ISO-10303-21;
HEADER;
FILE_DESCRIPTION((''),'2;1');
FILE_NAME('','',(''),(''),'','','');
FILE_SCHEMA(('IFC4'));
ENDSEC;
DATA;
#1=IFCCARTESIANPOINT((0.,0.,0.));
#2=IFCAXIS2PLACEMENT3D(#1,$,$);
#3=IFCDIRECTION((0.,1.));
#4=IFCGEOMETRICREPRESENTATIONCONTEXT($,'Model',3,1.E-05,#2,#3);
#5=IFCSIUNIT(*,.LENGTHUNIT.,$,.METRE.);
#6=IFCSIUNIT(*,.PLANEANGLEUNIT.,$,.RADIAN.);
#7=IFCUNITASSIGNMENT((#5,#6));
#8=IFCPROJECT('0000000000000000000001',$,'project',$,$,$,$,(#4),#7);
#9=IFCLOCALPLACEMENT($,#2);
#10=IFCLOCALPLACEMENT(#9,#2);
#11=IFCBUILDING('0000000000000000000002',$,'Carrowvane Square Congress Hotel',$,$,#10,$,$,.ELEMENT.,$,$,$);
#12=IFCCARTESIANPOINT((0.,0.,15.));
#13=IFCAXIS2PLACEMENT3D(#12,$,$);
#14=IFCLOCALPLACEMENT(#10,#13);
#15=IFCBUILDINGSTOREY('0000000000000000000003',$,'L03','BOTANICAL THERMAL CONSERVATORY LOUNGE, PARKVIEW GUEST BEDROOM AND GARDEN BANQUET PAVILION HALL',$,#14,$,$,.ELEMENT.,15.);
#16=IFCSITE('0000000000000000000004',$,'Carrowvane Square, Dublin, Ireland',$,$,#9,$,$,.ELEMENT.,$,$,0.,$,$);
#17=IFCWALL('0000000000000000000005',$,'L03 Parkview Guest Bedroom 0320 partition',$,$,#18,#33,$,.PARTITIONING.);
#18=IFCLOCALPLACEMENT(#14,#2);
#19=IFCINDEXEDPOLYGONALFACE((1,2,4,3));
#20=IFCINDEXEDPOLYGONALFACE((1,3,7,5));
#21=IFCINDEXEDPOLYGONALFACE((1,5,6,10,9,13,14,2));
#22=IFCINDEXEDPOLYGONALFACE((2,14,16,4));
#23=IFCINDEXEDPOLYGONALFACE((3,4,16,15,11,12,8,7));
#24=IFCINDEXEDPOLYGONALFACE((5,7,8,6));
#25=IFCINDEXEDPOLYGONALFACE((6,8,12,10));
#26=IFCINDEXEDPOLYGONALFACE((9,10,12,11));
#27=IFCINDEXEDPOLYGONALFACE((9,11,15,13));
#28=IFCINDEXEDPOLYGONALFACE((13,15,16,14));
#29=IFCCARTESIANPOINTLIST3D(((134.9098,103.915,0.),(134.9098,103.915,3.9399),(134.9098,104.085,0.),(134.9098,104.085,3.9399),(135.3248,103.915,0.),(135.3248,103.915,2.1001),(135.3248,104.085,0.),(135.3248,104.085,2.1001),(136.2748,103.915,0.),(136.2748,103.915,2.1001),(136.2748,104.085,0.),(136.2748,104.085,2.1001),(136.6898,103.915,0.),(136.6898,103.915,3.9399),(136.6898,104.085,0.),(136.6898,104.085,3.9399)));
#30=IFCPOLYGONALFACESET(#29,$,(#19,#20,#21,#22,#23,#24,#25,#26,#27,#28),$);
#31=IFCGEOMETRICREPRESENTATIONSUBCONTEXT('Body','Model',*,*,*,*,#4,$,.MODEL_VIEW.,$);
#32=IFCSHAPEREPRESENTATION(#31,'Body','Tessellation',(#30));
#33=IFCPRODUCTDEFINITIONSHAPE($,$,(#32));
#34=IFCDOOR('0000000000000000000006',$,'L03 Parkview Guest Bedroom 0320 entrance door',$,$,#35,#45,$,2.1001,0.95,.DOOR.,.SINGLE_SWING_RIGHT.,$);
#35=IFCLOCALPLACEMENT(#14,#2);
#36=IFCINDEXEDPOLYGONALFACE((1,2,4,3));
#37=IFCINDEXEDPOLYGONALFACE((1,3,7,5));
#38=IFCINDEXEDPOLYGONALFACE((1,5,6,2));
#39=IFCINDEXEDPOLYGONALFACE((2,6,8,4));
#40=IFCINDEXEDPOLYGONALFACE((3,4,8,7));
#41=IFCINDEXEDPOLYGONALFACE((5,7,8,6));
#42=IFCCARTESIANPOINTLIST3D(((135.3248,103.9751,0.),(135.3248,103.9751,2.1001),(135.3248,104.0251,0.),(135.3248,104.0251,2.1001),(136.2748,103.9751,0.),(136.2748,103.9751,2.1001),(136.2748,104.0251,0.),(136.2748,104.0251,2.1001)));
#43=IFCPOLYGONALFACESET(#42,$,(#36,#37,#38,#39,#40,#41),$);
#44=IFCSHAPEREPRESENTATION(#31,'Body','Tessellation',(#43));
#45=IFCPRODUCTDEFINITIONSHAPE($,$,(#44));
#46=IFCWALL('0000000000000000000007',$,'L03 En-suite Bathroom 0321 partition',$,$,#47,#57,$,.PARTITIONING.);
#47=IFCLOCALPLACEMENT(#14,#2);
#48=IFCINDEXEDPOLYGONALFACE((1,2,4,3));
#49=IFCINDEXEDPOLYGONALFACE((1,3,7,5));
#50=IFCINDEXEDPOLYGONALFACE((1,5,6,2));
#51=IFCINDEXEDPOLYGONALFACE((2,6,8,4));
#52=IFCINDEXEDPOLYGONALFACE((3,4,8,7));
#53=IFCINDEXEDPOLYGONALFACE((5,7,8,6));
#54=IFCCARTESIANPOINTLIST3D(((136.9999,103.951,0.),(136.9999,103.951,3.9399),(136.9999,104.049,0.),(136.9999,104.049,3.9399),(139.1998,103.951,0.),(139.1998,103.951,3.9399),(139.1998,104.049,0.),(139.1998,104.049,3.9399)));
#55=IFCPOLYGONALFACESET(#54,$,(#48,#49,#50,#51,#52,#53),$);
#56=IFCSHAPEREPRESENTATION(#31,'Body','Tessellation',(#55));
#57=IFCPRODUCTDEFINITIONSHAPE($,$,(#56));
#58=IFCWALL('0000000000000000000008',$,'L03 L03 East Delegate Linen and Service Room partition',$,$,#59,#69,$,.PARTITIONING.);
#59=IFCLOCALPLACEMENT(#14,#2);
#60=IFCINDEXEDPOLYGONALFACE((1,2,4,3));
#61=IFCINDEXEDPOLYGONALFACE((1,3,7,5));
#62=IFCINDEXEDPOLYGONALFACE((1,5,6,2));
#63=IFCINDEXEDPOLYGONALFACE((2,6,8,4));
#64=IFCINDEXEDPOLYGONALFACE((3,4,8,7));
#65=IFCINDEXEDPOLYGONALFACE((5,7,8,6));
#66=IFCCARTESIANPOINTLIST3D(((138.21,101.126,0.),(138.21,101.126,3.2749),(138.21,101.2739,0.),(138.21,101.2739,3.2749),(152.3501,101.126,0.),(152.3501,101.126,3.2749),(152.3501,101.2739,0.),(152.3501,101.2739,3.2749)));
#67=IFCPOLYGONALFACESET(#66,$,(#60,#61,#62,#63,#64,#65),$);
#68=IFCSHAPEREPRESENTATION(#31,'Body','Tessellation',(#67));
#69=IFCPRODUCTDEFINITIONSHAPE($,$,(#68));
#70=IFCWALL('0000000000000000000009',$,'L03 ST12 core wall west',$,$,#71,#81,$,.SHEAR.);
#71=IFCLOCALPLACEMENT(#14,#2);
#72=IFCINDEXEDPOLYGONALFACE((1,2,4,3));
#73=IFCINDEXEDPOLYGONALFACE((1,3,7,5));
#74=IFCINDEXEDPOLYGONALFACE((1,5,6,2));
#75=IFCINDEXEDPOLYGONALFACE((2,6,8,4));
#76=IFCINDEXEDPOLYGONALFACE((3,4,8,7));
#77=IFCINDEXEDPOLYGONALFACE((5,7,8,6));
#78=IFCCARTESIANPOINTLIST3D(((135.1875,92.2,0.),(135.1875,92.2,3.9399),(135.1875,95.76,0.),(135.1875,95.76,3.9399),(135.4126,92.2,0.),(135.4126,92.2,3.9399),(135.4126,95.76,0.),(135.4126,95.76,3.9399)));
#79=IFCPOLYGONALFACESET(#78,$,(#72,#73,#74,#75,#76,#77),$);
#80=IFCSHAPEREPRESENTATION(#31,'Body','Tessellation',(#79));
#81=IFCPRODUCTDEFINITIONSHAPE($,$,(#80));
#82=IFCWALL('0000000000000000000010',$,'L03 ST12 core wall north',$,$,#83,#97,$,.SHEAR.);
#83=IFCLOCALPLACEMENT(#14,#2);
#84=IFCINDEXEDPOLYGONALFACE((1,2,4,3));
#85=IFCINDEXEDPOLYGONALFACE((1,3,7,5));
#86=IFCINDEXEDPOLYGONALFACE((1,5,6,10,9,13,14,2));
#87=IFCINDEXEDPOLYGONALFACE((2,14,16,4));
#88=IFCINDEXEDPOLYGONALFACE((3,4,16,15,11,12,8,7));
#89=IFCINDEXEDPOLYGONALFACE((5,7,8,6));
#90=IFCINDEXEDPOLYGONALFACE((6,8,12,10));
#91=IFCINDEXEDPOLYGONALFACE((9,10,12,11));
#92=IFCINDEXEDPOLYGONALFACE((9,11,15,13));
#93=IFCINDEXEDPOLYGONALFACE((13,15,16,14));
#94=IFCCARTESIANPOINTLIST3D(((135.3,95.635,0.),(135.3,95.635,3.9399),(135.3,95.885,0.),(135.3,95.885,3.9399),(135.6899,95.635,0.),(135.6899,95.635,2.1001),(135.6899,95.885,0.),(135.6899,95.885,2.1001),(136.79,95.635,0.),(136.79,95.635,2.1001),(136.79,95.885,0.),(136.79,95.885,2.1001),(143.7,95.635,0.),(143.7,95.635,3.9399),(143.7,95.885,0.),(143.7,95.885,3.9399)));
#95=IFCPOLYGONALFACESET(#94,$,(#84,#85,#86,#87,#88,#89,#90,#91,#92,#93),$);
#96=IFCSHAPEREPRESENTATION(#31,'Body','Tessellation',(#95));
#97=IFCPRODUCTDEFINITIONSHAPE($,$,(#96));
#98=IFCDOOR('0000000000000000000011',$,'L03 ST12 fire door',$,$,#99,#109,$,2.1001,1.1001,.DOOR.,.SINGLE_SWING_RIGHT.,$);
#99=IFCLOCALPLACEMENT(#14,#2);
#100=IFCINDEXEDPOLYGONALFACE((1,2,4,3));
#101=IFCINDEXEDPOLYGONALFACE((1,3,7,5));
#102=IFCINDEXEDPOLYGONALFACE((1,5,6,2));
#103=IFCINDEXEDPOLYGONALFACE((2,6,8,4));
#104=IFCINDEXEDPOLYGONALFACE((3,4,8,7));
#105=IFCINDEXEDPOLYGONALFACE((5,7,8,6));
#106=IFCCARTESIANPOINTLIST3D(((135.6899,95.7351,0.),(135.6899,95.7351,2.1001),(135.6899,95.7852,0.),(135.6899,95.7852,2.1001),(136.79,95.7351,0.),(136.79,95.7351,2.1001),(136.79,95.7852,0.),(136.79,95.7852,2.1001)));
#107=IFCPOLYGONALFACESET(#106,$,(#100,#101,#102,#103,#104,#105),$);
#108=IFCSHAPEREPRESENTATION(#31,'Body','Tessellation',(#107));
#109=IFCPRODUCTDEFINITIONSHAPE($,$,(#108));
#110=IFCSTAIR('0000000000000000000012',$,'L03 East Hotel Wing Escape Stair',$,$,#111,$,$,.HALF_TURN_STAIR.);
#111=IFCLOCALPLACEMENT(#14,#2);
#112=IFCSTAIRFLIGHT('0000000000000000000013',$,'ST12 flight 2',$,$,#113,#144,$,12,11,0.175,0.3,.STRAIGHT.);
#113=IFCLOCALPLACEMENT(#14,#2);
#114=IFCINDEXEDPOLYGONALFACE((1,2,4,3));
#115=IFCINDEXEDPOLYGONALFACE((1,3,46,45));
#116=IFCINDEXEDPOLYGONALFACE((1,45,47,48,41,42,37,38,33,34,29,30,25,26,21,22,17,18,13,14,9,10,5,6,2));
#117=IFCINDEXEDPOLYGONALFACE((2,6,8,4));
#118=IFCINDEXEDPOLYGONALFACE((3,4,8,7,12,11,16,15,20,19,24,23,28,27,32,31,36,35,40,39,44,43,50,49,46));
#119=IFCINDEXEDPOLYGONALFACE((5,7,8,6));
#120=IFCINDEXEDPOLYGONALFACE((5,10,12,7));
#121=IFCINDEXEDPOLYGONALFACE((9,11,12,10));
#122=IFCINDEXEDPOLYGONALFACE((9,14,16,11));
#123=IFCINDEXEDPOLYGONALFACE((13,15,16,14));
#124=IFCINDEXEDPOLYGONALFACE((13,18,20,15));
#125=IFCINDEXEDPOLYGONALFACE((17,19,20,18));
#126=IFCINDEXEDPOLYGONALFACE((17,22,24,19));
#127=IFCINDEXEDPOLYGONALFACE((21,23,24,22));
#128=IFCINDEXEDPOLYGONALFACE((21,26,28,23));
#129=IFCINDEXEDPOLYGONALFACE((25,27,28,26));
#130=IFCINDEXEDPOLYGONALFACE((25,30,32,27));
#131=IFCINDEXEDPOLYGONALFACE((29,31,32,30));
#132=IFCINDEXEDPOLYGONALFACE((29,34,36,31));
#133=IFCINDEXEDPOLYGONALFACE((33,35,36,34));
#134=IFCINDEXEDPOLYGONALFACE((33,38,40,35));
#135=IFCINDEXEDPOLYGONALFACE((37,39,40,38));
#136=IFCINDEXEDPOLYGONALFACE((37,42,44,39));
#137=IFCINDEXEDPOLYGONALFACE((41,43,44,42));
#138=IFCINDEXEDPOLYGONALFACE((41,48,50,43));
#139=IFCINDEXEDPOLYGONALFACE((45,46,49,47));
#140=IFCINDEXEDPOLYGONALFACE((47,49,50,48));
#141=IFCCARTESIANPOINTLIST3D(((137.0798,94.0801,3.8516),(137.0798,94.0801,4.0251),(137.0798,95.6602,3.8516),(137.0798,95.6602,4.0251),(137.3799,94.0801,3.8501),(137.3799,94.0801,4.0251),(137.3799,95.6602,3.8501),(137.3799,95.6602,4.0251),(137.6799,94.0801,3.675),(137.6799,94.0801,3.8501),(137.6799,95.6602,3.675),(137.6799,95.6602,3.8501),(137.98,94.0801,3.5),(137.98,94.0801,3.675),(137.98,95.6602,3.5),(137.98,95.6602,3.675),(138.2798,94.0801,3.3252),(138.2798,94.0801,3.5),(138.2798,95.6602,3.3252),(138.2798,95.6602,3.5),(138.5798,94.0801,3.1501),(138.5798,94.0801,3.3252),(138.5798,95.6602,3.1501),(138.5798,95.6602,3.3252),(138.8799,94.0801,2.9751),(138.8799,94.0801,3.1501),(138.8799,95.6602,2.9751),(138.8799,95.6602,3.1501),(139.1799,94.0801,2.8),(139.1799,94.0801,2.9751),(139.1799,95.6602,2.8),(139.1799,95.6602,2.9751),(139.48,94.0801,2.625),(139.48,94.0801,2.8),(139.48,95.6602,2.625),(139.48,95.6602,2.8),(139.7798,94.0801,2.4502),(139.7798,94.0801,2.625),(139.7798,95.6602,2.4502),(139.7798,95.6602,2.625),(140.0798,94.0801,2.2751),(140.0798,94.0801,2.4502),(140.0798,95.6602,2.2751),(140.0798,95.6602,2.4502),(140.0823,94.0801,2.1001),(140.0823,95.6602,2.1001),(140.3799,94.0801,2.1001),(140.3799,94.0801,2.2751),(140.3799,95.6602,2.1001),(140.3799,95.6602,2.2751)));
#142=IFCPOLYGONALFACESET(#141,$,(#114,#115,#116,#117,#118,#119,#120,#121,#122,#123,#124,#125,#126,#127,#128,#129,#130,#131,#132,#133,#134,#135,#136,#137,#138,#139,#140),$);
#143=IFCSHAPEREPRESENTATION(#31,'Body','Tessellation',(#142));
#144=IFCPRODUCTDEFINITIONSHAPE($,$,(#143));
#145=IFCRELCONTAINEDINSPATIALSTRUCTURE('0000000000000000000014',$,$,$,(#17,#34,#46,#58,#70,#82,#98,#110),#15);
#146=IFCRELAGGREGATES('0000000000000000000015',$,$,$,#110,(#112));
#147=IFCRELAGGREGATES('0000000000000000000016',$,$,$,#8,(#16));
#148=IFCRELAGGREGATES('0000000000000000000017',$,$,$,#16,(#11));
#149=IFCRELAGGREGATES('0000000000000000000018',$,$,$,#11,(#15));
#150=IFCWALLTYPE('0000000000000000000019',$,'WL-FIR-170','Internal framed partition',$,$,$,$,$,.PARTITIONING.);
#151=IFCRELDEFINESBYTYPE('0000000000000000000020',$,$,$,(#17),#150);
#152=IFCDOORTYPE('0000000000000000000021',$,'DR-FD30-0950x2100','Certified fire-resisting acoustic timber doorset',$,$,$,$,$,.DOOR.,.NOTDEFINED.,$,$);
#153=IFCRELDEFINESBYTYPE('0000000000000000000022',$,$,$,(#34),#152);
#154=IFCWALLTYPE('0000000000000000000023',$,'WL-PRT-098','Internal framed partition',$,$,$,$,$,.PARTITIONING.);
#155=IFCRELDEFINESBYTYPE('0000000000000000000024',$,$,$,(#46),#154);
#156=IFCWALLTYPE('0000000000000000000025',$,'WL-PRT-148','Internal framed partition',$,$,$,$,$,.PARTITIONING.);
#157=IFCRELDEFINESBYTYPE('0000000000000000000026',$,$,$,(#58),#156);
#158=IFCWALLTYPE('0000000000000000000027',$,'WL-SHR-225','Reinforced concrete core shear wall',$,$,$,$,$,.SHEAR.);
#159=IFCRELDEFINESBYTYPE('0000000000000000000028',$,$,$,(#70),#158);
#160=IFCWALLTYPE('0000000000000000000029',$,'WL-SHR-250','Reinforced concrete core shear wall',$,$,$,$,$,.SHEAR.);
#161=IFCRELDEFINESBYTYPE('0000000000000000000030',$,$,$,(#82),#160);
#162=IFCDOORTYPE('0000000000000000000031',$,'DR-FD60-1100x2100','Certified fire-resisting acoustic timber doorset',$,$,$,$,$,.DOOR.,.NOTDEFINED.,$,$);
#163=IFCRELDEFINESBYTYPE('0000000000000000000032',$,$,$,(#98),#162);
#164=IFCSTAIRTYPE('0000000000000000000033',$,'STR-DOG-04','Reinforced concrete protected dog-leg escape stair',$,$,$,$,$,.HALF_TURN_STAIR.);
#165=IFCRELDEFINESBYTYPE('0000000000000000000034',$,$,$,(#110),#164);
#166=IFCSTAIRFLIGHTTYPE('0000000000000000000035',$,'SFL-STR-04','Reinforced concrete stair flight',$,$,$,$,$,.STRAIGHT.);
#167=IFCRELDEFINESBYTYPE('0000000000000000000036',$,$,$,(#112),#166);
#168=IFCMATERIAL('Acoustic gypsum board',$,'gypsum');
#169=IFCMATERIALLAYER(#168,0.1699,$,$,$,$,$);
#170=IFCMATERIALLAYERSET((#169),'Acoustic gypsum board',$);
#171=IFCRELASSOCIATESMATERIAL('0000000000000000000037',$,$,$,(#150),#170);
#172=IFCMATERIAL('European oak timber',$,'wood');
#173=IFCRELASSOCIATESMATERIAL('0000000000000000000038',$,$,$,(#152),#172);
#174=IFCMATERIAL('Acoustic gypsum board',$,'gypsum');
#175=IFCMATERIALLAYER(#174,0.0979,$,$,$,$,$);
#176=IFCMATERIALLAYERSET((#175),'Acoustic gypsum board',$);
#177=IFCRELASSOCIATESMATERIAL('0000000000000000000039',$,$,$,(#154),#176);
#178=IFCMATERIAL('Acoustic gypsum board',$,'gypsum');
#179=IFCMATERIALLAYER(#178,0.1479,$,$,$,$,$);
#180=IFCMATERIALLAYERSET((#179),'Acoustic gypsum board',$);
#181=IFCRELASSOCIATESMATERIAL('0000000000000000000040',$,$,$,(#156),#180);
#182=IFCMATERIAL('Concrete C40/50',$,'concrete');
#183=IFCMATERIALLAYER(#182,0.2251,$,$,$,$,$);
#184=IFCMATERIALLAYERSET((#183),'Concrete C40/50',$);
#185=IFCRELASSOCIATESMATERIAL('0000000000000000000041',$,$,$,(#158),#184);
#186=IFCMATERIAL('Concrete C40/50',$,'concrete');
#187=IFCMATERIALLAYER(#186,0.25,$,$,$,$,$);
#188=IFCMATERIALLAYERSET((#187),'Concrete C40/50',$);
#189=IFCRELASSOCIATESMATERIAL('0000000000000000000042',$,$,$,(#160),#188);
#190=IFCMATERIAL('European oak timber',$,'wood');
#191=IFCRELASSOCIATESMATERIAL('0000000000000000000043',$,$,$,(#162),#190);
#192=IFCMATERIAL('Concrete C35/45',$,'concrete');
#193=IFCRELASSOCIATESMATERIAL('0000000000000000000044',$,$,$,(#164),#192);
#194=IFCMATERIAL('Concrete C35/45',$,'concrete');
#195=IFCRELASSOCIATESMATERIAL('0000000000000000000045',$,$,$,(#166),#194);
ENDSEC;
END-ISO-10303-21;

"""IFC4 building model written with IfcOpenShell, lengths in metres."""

from ifc_helpers import new_model, si_unit, direction, frame, frame_2d, origin, place, context, subcontext, project, spatial, polyline, rectangle, outline, extrude, material, layer, layer_set, type_object, element, fill, aggregate, save


model = new_model("IFC4")

# Units and contexts
model_context = context("Model", 3, precision=1e-05, world=origin(), true_north=direction((0.0, 1.0)))
body_context = subcontext(model_context, "Body", "Model", "MODEL_VIEW")
ifc_project = project(units=[si_unit("LENGTHUNIT", "METRE"), si_unit("PLANEANGLEUNIT", "RADIAN")], contexts=[model_context])

# Site, building, storey
site_placement = place(None, origin())
site = spatial("IfcSite", under=ifc_project, at=site_placement, Name="Carrowvane Square, Dublin, Ireland", CompositionType="ELEMENT", RefElevation=0.0)
building_placement = place(site_placement, origin())
building = spatial("IfcBuilding", under=site, at=building_placement, Name="Carrowvane Square Congress Hotel", CompositionType="ELEMENT")
storey_placement = place(building_placement, frame((0.0, 0.0, 15.0)))
storey = spatial("IfcBuildingStorey", under=building, at=storey_placement, Name="L03", Description="BOTANICAL THERMAL CONSERVATORY LOUNGE, PARKVIEW GUEST BEDROOM AND GARDEN BANQUET PAVILION HALL", CompositionType="ELEMENT", Elevation=15.0)

# Shared definitions
ifc_material_1 = material(Name="Acoustic gypsum board", Category="gypsum")
ifc_layer_1 = layer(ifc_material_1, 0.1699)
ifc_layer_set_1 = layer_set([ifc_layer_1], Name="Acoustic gypsum board")
wall_type_1 = type_object("IfcWallType", Name="WL-FIR-170", Description="Internal framed partition", PredefinedType="PARTITIONING", material=ifc_layer_set_1)

# Wall, opening, door
wall_1_placement = place(storey_placement, frame((136.6899, 104.0, 0.0), z_axis=(0.0, 0.0, 1.0), x_axis=(-1.0, 0.0, 0.0)))
wall_1 = element("IfcWall", 1, at=wall_1_placement, inside=storey, type_object=wall_type_1, Name="L03 Parkview Guest Bedroom 0320 partition", PredefinedType="PARTITIONING", context=body_context, shape_type="SweptSolid", body=[
    extrude(rectangle(XDim=1.78, YDim=0.1699, at=frame_2d((0.8901, 0.0))), origin(), (0.0, 0.0, 1.0), 3.9399),
])
opening_1_placement = place(wall_1_placement, frame((0.415, 0.0, 0.0)))
opening_1 = element("IfcOpeningElement", 2, at=opening_1_placement, cuts=wall_1, PredefinedType="OPENING", context=body_context, shape_type="SweptSolid", body=[
    extrude(rectangle(XDim=0.95, YDim=2.1001, at=frame_2d((0.4751, 1.05))), frame((0.0, 0.095, 0.0), z_axis=(0.0, -1.0, 0.0), x_axis=(1.0, 0.0, 0.0)), (0.0, 0.0, 1.0), 0.1899),
])
ifc_material_2 = material(Name="European oak timber", Category="wood")
door_type_1 = type_object("IfcDoorType", Name="DR-FD30-0950x2100", Description="Certified fire-resisting acoustic timber doorset", OperationType="NOTDEFINED", PredefinedType="DOOR", material=ifc_material_2)
door_1_placement = place(opening_1_placement, origin())
door_1 = element("IfcDoor", 3, at=door_1_placement, inside=storey, type_object=door_type_1, Name="L03 Parkview Guest Bedroom 0320 entrance door", OperationType="SINGLE_SWING_RIGHT", OverallHeight=2.1001, OverallWidth=0.95, PredefinedType="DOOR", context=body_context, shape_type="SweptSolid", body=[
    extrude(rectangle(XDim=0.95, YDim=2.1001, at=frame_2d((0.4751, 1.05))), frame((0.0, 0.0249, 0.0), z_axis=(0.0, -1.0, 0.0), x_axis=(1.0, 0.0, 0.0)), (0.0, 0.0, 1.0), 0.05),
])
fill(opening_1, door_1)

# Walls
ifc_material_3 = material(Name="Acoustic gypsum board", Category="gypsum")
ifc_layer_2 = layer(ifc_material_3, 0.0979)
ifc_layer_set_2 = layer_set([ifc_layer_2], Name="Acoustic gypsum board")
wall_type_2 = type_object("IfcWallType", Name="WL-PRT-098", Description="Internal framed partition", PredefinedType="PARTITIONING", material=ifc_layer_set_2)
wall_2_placement = place(storey_placement, frame((139.2, 104.0, 0.0), z_axis=(0.0, 0.0, 1.0), x_axis=(-1.0, 0.0, 0.0)))
element("IfcWall", 4, at=wall_2_placement, inside=storey, type_object=wall_type_2, Name="L03 En-suite Bathroom 0321 partition", PredefinedType="PARTITIONING", context=body_context, shape_type="SweptSolid", body=[
    extrude(rectangle(XDim=2.2, YDim=0.0979, at=frame_2d((1.1001, 0.0))), origin(), (0.0, 0.0, 1.0), 3.9399),
])
ifc_material_4 = material(Name="Acoustic gypsum board", Category="gypsum")
ifc_layer_3 = layer(ifc_material_4, 0.1479)
ifc_layer_set_3 = layer_set([ifc_layer_3], Name="Acoustic gypsum board")
wall_type_3 = type_object("IfcWallType", Name="WL-PRT-148", Description="Internal framed partition", PredefinedType="PARTITIONING", material=ifc_layer_set_3)
wall_3_placement = place(storey_placement, frame((138.21, 101.2, 0.0), z_axis=(0.0, 0.0, 1.0), x_axis=(1.0, 0.0, 0.0)))
element("IfcWall", 5, at=wall_3_placement, inside=storey, type_object=wall_type_3, Name="L03 L03 East Delegate Linen and Service Room partition", PredefinedType="PARTITIONING", context=body_context, shape_type="SweptSolid", body=[
    extrude(rectangle(XDim=14.1401, YDim=0.1479, at=frame_2d((7.0701, 0.0))), origin(), (0.0, 0.0, 1.0), 3.2749),
])
ifc_material_5 = material(Name="Concrete C40/50", Category="concrete")
ifc_layer_4 = layer(ifc_material_5, 0.2251)
ifc_layer_set_4 = layer_set([ifc_layer_4], Name="Concrete C40/50")
wall_type_4 = type_object("IfcWallType", Name="WL-SHR-225", Description="Reinforced concrete core shear wall", PredefinedType="SHEAR", material=ifc_layer_set_4)
wall_4_placement = place(storey_placement, frame((135.3, 95.76, 0.0), z_axis=(0.0, 0.0, 1.0), x_axis=(0.0, -1.0, 0.0)))
element("IfcWall", 6, at=wall_4_placement, inside=storey, type_object=wall_type_4, Name="L03 ST12 core wall west", PredefinedType="SHEAR", context=body_context, shape_type="SweptSolid", body=[
    extrude(rectangle(XDim=3.5601, YDim=0.2251, at=frame_2d((1.78, 0.0))), origin(), (0.0, 0.0, 1.0), 3.9399),
])

# Wall, opening, door
ifc_material_6 = material(Name="Concrete C40/50", Category="concrete")
ifc_layer_5 = layer(ifc_material_6, 0.25)
ifc_layer_set_5 = layer_set([ifc_layer_5], Name="Concrete C40/50")
wall_type_5 = type_object("IfcWallType", Name="WL-SHR-250", Description="Reinforced concrete core shear wall", PredefinedType="SHEAR", material=ifc_layer_set_5)
wall_5_placement = place(storey_placement, frame((143.7, 95.76, 0.0), z_axis=(0.0, 0.0, 1.0), x_axis=(-1.0, 0.0, 0.0)))
wall_5 = element("IfcWall", 7, at=wall_5_placement, inside=storey, type_object=wall_type_5, Name="L03 ST12 core wall north", PredefinedType="SHEAR", context=body_context, shape_type="SweptSolid", body=[
    extrude(rectangle(XDim=8.3999, YDim=0.25, at=frame_2d((4.2, 0.0))), origin(), (0.0, 0.0, 1.0), 3.9399),
])
opening_2_placement = place(wall_5_placement, frame((6.9099, 0.0, 0.0)))
opening_2 = element("IfcOpeningElement", 8, at=opening_2_placement, cuts=wall_5, PredefinedType="OPENING", context=body_context, shape_type="SweptSolid", body=[
    extrude(rectangle(XDim=1.1001, YDim=2.1001, at=frame_2d((0.55, 1.05))), frame((0.0, 0.135, 0.0), z_axis=(0.0, -1.0, 0.0), x_axis=(1.0, 0.0, 0.0)), (0.0, 0.0, 1.0), 0.27),
])
ifc_material_7 = material(Name="European oak timber", Category="wood")
door_type_2 = type_object("IfcDoorType", Name="DR-FD60-1100x2100", Description="Certified fire-resisting acoustic timber doorset", OperationType="NOTDEFINED", PredefinedType="DOOR", material=ifc_material_7)
door_2_placement = place(opening_2_placement, origin())
door_2 = element("IfcDoor", 9, at=door_2_placement, inside=storey, type_object=door_type_2, Name="L03 ST12 fire door", OperationType="SINGLE_SWING_RIGHT", OverallHeight=2.1001, OverallWidth=1.1001, PredefinedType="DOOR", context=body_context, shape_type="SweptSolid", body=[
    extrude(rectangle(XDim=1.1001, YDim=2.1001, at=frame_2d((0.55, 1.05))), frame((0.0, 0.0249, 0.0), z_axis=(0.0, -1.0, 0.0), x_axis=(1.0, 0.0, 0.0)), (0.0, 0.0, 1.0), 0.05),
])
fill(opening_2, door_2)

# Stair, stair flight
ifc_material_8 = material(Name="Concrete C35/45", Category="concrete")
stair_type = type_object("IfcStairType", Name="STR-DOG-04", Description="Reinforced concrete protected dog-leg escape stair", PredefinedType="HALF_TURN_STAIR", material=ifc_material_8)
stair_placement = place(storey_placement, origin())
stair = element("IfcStair", 10, at=stair_placement, inside=storey, type_object=stair_type, Name="L03 East Hotel Wing Escape Stair", PredefinedType="HALF_TURN_STAIR")
ifc_material_9 = material(Name="Concrete C35/45", Category="concrete")
stair_flight_type = type_object("IfcStairFlightType", Name="SFL-STR-04", Description="Reinforced concrete stair flight", PredefinedType="STRAIGHT", material=ifc_material_9)
stair_flight_placement = place(storey_placement, frame((140.3799, 94.8701, 2.1001), z_axis=(0.0, 0.0, 1.0), x_axis=(-1.0, 0.0, 0.0)))
stair_flight = element("IfcStairFlight", 11, at=stair_flight_placement, type_object=stair_flight_type, Name="ST12 flight 2", NumberOfRisers=12, NumberOfTreads=11, PredefinedType="STRAIGHT", RiserHeight=0.175, TreadLength=0.3, context=body_context, shape_type="SweptSolid", body=[
    extrude(outline(polyline([(0.0, 0.0), (0.0, 0.175), (0.3, 0.175), (0.3, 0.3501), (0.6001, 0.3501), (0.6001, 0.5249), (0.8999, 0.5249), (0.8999, 0.7), (1.2, 0.7), (1.2, 0.875), (1.5, 0.875), (1.5, 1.05), (1.8, 1.05), (1.8, 1.2251), (2.1001, 1.2251), (2.1001, 1.3999), (2.3999, 1.3999), (2.3999, 1.575), (2.7, 1.575), (2.7, 1.75), (3.0, 1.75), (3.0, 1.925), (3.3, 1.925), (3.3, 2.1001), (3.3, 1.7515), (0.2976, 0.0), (0.0, 0.0)])), frame((0.0, 0.79, 0.0), z_axis=(0.0, -1.0, 0.0), x_axis=(1.0, 0.0, 0.0)), (0.0, 0.0, 1.0), 1.5801),
])
aggregate(stair, [stair_flight])

save(model, "model.ifc")
